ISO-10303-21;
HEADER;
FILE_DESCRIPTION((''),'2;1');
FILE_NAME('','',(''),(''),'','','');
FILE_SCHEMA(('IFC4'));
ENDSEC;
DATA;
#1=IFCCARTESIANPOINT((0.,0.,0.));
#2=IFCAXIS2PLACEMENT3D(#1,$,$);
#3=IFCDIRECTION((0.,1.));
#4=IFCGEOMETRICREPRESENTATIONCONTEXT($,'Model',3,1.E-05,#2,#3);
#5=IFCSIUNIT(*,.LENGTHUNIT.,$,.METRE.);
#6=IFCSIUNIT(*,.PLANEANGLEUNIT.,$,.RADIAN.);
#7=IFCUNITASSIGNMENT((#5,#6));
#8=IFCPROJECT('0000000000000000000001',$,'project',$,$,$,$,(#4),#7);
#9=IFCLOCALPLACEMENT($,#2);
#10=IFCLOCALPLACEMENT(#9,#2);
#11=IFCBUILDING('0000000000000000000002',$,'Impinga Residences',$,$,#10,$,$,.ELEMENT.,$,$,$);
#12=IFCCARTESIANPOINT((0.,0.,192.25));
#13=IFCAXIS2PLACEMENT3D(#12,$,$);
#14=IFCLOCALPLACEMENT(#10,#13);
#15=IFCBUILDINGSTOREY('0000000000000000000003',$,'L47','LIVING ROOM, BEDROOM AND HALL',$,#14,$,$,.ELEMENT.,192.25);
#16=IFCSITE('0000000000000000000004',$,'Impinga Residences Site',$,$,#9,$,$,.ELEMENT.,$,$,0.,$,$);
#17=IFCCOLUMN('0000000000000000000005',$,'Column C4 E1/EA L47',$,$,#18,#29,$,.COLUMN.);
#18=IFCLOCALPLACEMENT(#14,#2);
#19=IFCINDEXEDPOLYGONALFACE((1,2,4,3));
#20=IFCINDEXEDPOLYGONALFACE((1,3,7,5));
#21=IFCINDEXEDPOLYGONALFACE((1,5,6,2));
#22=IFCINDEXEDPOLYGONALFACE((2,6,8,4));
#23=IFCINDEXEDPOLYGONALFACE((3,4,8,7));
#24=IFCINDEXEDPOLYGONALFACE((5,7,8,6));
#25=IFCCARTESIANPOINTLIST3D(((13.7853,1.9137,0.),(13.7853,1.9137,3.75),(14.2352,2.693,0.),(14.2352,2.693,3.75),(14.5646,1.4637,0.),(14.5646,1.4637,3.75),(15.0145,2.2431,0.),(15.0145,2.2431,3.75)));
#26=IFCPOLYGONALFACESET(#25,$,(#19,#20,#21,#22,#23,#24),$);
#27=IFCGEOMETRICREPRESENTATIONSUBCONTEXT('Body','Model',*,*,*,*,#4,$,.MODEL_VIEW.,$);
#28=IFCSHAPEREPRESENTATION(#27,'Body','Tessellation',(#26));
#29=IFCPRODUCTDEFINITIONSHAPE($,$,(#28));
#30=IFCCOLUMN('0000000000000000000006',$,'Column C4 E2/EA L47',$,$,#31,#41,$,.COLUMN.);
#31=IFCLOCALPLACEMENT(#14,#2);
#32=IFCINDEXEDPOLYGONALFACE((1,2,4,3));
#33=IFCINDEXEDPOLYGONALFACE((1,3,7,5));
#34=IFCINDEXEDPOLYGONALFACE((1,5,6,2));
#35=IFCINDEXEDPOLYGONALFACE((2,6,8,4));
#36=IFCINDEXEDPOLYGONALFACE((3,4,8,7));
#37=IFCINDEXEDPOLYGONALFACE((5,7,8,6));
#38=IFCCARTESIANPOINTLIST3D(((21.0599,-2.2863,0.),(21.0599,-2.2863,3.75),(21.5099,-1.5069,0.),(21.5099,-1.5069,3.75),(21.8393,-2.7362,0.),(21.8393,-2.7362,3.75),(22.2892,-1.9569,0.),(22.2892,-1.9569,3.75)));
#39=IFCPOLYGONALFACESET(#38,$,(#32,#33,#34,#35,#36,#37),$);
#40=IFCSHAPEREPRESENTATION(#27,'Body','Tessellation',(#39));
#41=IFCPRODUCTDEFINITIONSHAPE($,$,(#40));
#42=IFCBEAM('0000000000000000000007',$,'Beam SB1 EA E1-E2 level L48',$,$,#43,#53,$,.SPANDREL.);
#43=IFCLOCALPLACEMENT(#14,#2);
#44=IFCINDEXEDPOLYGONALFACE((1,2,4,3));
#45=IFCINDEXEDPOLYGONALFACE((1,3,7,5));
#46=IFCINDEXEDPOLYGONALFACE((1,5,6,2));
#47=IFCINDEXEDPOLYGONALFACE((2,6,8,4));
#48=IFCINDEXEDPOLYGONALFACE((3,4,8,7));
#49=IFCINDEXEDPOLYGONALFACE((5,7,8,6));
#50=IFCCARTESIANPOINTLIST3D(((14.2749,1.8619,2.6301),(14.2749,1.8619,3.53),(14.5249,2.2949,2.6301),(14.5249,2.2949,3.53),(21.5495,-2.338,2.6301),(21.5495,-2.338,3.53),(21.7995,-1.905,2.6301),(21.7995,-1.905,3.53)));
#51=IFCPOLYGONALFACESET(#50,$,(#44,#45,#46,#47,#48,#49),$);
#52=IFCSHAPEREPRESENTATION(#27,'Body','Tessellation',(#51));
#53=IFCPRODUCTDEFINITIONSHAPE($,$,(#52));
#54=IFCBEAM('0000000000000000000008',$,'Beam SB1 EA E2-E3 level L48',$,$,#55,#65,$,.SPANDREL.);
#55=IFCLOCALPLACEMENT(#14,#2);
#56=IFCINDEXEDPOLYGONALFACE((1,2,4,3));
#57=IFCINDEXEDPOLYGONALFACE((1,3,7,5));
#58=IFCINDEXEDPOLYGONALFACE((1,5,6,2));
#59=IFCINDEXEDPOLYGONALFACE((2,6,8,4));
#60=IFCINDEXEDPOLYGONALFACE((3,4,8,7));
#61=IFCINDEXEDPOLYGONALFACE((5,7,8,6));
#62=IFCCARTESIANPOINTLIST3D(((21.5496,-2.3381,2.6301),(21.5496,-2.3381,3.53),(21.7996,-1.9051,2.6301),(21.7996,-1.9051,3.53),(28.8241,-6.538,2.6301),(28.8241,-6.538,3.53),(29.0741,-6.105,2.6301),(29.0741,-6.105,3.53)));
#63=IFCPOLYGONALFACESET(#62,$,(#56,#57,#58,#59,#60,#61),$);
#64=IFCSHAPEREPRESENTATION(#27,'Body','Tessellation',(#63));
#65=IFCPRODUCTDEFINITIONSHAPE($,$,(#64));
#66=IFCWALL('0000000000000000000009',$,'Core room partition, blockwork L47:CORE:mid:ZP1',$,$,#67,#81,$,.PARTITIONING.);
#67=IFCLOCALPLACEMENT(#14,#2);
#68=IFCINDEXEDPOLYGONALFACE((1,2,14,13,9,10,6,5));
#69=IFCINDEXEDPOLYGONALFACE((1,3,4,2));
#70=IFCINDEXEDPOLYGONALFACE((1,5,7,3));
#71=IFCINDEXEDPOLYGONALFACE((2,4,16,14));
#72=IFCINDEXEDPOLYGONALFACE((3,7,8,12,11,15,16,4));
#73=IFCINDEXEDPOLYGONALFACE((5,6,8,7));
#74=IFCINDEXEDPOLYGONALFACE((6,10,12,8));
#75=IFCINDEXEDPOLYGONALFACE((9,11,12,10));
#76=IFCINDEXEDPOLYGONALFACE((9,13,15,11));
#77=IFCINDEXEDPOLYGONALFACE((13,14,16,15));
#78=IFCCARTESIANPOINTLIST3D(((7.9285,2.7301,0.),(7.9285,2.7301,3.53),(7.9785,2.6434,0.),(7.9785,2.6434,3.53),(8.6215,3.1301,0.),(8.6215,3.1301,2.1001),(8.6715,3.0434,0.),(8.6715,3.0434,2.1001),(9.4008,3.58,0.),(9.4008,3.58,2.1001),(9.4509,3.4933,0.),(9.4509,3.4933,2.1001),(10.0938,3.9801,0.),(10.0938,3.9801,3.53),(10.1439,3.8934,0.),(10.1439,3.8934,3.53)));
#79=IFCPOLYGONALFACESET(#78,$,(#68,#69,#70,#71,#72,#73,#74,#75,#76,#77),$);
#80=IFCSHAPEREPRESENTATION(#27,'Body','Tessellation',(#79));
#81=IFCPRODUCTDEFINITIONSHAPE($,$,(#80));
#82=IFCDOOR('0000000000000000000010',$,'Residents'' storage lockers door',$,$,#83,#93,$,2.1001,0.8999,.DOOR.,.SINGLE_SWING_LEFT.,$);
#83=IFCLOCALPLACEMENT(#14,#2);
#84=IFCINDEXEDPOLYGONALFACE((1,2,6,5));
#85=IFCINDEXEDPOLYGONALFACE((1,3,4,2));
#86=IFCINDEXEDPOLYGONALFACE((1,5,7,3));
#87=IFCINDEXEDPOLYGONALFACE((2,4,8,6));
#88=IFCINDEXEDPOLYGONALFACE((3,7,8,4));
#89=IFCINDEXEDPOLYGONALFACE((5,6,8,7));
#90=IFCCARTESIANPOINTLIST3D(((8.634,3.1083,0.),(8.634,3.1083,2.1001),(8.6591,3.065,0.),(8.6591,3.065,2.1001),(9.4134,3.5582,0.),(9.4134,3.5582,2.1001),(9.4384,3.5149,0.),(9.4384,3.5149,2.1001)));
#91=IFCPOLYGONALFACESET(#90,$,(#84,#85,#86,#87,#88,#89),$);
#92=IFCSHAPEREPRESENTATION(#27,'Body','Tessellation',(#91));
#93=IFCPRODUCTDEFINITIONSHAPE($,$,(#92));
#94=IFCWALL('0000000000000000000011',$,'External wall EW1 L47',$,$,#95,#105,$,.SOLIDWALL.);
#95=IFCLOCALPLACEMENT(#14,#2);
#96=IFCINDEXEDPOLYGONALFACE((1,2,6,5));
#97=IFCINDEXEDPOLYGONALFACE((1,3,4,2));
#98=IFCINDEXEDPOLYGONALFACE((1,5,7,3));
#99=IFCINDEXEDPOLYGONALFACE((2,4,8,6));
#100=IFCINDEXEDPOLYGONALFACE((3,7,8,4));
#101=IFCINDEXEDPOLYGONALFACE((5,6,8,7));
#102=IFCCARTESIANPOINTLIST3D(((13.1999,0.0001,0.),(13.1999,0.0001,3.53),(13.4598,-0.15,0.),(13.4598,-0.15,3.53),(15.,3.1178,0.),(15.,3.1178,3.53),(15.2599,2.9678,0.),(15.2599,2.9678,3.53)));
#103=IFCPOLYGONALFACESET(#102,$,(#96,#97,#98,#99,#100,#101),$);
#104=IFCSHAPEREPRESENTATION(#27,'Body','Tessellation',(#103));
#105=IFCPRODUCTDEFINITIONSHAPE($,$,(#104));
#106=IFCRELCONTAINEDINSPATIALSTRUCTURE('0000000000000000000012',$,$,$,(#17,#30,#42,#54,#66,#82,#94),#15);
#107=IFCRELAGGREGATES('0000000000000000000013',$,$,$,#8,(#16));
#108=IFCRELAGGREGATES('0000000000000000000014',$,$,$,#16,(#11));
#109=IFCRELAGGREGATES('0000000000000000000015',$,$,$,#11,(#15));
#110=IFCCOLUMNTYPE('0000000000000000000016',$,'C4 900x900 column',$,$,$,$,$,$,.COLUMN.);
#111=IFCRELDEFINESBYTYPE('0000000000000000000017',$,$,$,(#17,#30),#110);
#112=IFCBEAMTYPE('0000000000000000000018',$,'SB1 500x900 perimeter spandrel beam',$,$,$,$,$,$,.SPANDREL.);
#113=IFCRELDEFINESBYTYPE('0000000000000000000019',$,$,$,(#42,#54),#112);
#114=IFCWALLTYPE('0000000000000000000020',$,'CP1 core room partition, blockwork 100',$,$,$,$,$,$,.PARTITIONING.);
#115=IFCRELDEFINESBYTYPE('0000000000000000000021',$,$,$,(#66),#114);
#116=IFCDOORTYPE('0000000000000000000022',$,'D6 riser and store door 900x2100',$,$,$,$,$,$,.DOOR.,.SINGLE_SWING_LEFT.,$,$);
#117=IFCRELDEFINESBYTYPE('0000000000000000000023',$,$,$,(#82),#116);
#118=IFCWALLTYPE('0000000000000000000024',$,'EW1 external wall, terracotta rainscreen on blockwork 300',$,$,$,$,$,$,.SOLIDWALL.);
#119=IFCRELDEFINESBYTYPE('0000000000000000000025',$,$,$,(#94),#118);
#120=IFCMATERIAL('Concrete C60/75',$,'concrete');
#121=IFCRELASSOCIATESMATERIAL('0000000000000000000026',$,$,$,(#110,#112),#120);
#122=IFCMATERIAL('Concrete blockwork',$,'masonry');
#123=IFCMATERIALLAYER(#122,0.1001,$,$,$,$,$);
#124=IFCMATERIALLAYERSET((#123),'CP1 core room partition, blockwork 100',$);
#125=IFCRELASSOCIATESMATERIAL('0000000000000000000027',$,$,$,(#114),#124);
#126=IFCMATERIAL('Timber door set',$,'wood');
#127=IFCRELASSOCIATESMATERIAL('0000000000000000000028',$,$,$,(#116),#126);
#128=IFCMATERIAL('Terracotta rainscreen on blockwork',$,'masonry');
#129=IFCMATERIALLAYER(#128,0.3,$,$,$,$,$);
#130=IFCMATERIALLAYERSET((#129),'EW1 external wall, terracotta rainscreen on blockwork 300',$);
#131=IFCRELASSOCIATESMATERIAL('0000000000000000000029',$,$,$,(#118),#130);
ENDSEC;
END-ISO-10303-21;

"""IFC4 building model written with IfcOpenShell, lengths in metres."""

from ifc_helpers import new_model, si_unit, direction, frame, frame_2d, origin, origin_2d, place, context, subcontext, project, spatial, rectangle, extrude, material, layer, layer_set, material_profile, profile_set, type_object, element, fill, save


model = new_model("IFC4")

# Units and contexts
model_context = context("Model", 3, precision=1e-05, world=origin(), true_north=direction((0.0, 1.0)))
body_context = subcontext(model_context, "Body", "Model", "MODEL_VIEW")
ifc_project = project(units=[si_unit("LENGTHUNIT", "METRE"), si_unit("PLANEANGLEUNIT", "RADIAN")], contexts=[model_context])

# Site, building, storey
site_placement = place(None, origin())
site = spatial("IfcSite", under=ifc_project, at=site_placement, Name="Impinga Residences Site", CompositionType="ELEMENT", RefElevation=0.0)
building_placement = place(site_placement, origin())
building = spatial("IfcBuilding", under=site, at=building_placement, Name="Impinga Residences", CompositionType="ELEMENT")
storey_placement = place(building_placement, frame((0.0, 0.0, 192.25)))
storey = spatial("IfcBuildingStorey", under=building, at=storey_placement, Name="L47", Description="LIVING ROOM, BEDROOM AND HALL", CompositionType="ELEMENT", Elevation=192.25)

# Columns
ifc_material_1 = material(Name="Concrete C60/75", Category="concrete")
ifc_material_profile_1 = material_profile(ifc_material_1, rectangle(XDim=0.8999, YDim=0.8999, at=origin_2d()), Name="RC 900x900")
ifc_profile_set_1 = profile_set([ifc_material_profile_1], Name="Concrete C60/75")
column_type = type_object("IfcColumnType", Name="C4 900x900 column", PredefinedType="COLUMN", material=ifc_profile_set_1)
for number, where, z_axis, x_axis, name in (
    (1, (14.3999, 2.0784, 0.0), (0.0, 0.0, 1.0), (-0.5, -0.866025, 0.0), "Column C4 E1/EA L47"),
    (2, (21.6746, -2.1216, 0.0), (0.0, 0.0, 1.0), (-0.5, -0.866025, 0.0), "Column C4 E2/EA L47"),
):
    element("IfcColumn", number, at=place(storey_placement, frame(where, z_axis=z_axis, x_axis=x_axis)), inside=storey, type_object=column_type, Name=name, PredefinedType="COLUMN", context=body_context, shape_type="SweptSolid", body=[
        extrude(rectangle(XDim=0.8999, YDim=0.8999, at=origin_2d()), origin(), (0.0, 0.0, 1.0), 3.75),
    ])

# Beams
ifc_material_profile_2 = material_profile(ifc_material_1, rectangle(XDim=0.5, YDim=0.8999, at=origin_2d()), Name="RC 500x900")
ifc_profile_set_2 = profile_set([ifc_material_profile_2], Name="Concrete C60/75")
beam_type = type_object("IfcBeamType", Name="SB1 500x900 perimeter spandrel beam", PredefinedType="SPANDREL", material=ifc_profile_set_2)
for number, where, z_axis, x_axis, name in (
    (3, (14.3999, 2.0784, 3.0801), (0.866029, -0.499993, 0.0), (0.499993, 0.866029, 0.0), "Beam SB1 EA E1-E2 level L48"),
    (4, (21.6746, -2.1216, 3.0801), (0.866029, -0.499993, 0.0), (0.499993, 0.866029, 0.0), "Beam SB1 EA E2-E3 level L48"),
):
    element("IfcBeam", number, at=place(storey_placement, frame(where, z_axis=z_axis, x_axis=x_axis)), inside=storey, type_object=beam_type, Name=name, PredefinedType="SPANDREL", context=body_context, shape_type="SweptSolid", body=[
        extrude(rectangle(XDim=0.5, YDim=0.8999, at=origin_2d()), origin(), (0.0, 0.0, 1.0), 8.3999),
    ])

# Wall, opening, door
ifc_material_2 = material(Name="Concrete blockwork", Category="masonry")
ifc_layer_1 = layer(ifc_material_2, 0.1001)
ifc_layer_set_1 = layer_set([ifc_layer_1], Name="CP1 core room partition, blockwork 100")
wall_type_1 = type_object("IfcWallType", Name="CP1 core room partition, blockwork 100", PredefinedType="PARTITIONING", material=ifc_layer_set_1)
wall_1_placement = place(storey_placement, frame((7.9536, 2.6868, 0.0), z_axis=(0.0, 0.0, 1.0), x_axis=(0.866047, 0.499962, 0.0)))
wall_1 = element("IfcWall", 5, at=wall_1_placement, inside=storey, type_object=wall_type_1, Name="Core room partition, blockwork L47:CORE:mid:ZP1", PredefinedType="PARTITIONING", context=body_context, shape_type="SweptSolid", body=[
    extrude(rectangle(XDim=2.5002, YDim=0.1001, at=frame_2d((1.25, 0.0))), origin(), (0.0, 0.0, 1.0), 3.53),
])
opening_1_placement = place(wall_1_placement, frame((0.8, 0.0, 0.0)))
opening_1 = element("IfcOpeningElement", 6, at=opening_1_placement, cuts=wall_1, PredefinedType="OPENING", context=body_context, shape_type="SweptSolid", body=[
    extrude(rectangle(XDim=0.8999, YDim=2.1001, at=frame_2d((0.45, 1.05))), frame((0.0, 0.0601, 0.0), z_axis=(0.0, -1.0, 0.0), x_axis=(1.0, 0.0, 0.0)), (0.0, 0.0, 1.0), 0.1201),
])
ifc_material_3 = material(Name="Timber door set", Category="wood")
door_type_1 = type_object("IfcDoorType", Name="D6 riser and store door 900x2100", OperationType="SINGLE_SWING_LEFT", PredefinedType="DOOR", material=ifc_material_3)
door_1_placement = place(opening_1_placement, origin())
door_1 = element("IfcDoor", 7, at=door_1_placement, inside=storey, type_object=door_type_1, Name="Residents' storage lockers door", OperationType="SINGLE_SWING_LEFT", OverallHeight=2.1001, OverallWidth=0.8999, PredefinedType="DOOR", context=body_context, shape_type="SweptSolid", body=[
    extrude(rectangle(XDim=0.8999, YDim=2.1001, at=frame_2d((0.45, 1.05))), frame((0.0, 0.0249, 0.0), z_axis=(0.0, -1.0, 0.0), x_axis=(1.0, 0.0, 0.0)), (0.0, 0.0, 1.0), 0.05),
])
fill(opening_1, door_1)

# Wall
ifc_material_4 = material(Name="Terracotta rainscreen on blockwork", Category="masonry")
ifc_layer_2 = layer(ifc_material_4, 0.3)
ifc_layer_set_2 = layer_set([ifc_layer_2], Name="EW1 external wall, terracotta rainscreen on blockwork 300")
wall_type_2 = type_object("IfcWallType", Name="EW1 external wall, terracotta rainscreen on blockwork 300", PredefinedType="SOLIDWALL", material=ifc_layer_set_2)
wall_2_placement = place(storey_placement, frame((13.3298, -0.075, 0.0), z_axis=(0.0, 0.0, 1.0), x_axis=(0.500012, 0.866018, 0.0)))
element("IfcWall", 8, at=wall_2_placement, inside=storey, type_object=wall_type_2, Name="External wall EW1 L47", PredefinedType="SOLIDWALL", context=body_context, shape_type="SweptSolid", body=[
    extrude(rectangle(XDim=3.6001, YDim=0.3, at=frame_2d((1.8, 0.0))), origin(), (0.0, 0.0, 1.0), 3.53),
])

save(model, "model.ifc")
